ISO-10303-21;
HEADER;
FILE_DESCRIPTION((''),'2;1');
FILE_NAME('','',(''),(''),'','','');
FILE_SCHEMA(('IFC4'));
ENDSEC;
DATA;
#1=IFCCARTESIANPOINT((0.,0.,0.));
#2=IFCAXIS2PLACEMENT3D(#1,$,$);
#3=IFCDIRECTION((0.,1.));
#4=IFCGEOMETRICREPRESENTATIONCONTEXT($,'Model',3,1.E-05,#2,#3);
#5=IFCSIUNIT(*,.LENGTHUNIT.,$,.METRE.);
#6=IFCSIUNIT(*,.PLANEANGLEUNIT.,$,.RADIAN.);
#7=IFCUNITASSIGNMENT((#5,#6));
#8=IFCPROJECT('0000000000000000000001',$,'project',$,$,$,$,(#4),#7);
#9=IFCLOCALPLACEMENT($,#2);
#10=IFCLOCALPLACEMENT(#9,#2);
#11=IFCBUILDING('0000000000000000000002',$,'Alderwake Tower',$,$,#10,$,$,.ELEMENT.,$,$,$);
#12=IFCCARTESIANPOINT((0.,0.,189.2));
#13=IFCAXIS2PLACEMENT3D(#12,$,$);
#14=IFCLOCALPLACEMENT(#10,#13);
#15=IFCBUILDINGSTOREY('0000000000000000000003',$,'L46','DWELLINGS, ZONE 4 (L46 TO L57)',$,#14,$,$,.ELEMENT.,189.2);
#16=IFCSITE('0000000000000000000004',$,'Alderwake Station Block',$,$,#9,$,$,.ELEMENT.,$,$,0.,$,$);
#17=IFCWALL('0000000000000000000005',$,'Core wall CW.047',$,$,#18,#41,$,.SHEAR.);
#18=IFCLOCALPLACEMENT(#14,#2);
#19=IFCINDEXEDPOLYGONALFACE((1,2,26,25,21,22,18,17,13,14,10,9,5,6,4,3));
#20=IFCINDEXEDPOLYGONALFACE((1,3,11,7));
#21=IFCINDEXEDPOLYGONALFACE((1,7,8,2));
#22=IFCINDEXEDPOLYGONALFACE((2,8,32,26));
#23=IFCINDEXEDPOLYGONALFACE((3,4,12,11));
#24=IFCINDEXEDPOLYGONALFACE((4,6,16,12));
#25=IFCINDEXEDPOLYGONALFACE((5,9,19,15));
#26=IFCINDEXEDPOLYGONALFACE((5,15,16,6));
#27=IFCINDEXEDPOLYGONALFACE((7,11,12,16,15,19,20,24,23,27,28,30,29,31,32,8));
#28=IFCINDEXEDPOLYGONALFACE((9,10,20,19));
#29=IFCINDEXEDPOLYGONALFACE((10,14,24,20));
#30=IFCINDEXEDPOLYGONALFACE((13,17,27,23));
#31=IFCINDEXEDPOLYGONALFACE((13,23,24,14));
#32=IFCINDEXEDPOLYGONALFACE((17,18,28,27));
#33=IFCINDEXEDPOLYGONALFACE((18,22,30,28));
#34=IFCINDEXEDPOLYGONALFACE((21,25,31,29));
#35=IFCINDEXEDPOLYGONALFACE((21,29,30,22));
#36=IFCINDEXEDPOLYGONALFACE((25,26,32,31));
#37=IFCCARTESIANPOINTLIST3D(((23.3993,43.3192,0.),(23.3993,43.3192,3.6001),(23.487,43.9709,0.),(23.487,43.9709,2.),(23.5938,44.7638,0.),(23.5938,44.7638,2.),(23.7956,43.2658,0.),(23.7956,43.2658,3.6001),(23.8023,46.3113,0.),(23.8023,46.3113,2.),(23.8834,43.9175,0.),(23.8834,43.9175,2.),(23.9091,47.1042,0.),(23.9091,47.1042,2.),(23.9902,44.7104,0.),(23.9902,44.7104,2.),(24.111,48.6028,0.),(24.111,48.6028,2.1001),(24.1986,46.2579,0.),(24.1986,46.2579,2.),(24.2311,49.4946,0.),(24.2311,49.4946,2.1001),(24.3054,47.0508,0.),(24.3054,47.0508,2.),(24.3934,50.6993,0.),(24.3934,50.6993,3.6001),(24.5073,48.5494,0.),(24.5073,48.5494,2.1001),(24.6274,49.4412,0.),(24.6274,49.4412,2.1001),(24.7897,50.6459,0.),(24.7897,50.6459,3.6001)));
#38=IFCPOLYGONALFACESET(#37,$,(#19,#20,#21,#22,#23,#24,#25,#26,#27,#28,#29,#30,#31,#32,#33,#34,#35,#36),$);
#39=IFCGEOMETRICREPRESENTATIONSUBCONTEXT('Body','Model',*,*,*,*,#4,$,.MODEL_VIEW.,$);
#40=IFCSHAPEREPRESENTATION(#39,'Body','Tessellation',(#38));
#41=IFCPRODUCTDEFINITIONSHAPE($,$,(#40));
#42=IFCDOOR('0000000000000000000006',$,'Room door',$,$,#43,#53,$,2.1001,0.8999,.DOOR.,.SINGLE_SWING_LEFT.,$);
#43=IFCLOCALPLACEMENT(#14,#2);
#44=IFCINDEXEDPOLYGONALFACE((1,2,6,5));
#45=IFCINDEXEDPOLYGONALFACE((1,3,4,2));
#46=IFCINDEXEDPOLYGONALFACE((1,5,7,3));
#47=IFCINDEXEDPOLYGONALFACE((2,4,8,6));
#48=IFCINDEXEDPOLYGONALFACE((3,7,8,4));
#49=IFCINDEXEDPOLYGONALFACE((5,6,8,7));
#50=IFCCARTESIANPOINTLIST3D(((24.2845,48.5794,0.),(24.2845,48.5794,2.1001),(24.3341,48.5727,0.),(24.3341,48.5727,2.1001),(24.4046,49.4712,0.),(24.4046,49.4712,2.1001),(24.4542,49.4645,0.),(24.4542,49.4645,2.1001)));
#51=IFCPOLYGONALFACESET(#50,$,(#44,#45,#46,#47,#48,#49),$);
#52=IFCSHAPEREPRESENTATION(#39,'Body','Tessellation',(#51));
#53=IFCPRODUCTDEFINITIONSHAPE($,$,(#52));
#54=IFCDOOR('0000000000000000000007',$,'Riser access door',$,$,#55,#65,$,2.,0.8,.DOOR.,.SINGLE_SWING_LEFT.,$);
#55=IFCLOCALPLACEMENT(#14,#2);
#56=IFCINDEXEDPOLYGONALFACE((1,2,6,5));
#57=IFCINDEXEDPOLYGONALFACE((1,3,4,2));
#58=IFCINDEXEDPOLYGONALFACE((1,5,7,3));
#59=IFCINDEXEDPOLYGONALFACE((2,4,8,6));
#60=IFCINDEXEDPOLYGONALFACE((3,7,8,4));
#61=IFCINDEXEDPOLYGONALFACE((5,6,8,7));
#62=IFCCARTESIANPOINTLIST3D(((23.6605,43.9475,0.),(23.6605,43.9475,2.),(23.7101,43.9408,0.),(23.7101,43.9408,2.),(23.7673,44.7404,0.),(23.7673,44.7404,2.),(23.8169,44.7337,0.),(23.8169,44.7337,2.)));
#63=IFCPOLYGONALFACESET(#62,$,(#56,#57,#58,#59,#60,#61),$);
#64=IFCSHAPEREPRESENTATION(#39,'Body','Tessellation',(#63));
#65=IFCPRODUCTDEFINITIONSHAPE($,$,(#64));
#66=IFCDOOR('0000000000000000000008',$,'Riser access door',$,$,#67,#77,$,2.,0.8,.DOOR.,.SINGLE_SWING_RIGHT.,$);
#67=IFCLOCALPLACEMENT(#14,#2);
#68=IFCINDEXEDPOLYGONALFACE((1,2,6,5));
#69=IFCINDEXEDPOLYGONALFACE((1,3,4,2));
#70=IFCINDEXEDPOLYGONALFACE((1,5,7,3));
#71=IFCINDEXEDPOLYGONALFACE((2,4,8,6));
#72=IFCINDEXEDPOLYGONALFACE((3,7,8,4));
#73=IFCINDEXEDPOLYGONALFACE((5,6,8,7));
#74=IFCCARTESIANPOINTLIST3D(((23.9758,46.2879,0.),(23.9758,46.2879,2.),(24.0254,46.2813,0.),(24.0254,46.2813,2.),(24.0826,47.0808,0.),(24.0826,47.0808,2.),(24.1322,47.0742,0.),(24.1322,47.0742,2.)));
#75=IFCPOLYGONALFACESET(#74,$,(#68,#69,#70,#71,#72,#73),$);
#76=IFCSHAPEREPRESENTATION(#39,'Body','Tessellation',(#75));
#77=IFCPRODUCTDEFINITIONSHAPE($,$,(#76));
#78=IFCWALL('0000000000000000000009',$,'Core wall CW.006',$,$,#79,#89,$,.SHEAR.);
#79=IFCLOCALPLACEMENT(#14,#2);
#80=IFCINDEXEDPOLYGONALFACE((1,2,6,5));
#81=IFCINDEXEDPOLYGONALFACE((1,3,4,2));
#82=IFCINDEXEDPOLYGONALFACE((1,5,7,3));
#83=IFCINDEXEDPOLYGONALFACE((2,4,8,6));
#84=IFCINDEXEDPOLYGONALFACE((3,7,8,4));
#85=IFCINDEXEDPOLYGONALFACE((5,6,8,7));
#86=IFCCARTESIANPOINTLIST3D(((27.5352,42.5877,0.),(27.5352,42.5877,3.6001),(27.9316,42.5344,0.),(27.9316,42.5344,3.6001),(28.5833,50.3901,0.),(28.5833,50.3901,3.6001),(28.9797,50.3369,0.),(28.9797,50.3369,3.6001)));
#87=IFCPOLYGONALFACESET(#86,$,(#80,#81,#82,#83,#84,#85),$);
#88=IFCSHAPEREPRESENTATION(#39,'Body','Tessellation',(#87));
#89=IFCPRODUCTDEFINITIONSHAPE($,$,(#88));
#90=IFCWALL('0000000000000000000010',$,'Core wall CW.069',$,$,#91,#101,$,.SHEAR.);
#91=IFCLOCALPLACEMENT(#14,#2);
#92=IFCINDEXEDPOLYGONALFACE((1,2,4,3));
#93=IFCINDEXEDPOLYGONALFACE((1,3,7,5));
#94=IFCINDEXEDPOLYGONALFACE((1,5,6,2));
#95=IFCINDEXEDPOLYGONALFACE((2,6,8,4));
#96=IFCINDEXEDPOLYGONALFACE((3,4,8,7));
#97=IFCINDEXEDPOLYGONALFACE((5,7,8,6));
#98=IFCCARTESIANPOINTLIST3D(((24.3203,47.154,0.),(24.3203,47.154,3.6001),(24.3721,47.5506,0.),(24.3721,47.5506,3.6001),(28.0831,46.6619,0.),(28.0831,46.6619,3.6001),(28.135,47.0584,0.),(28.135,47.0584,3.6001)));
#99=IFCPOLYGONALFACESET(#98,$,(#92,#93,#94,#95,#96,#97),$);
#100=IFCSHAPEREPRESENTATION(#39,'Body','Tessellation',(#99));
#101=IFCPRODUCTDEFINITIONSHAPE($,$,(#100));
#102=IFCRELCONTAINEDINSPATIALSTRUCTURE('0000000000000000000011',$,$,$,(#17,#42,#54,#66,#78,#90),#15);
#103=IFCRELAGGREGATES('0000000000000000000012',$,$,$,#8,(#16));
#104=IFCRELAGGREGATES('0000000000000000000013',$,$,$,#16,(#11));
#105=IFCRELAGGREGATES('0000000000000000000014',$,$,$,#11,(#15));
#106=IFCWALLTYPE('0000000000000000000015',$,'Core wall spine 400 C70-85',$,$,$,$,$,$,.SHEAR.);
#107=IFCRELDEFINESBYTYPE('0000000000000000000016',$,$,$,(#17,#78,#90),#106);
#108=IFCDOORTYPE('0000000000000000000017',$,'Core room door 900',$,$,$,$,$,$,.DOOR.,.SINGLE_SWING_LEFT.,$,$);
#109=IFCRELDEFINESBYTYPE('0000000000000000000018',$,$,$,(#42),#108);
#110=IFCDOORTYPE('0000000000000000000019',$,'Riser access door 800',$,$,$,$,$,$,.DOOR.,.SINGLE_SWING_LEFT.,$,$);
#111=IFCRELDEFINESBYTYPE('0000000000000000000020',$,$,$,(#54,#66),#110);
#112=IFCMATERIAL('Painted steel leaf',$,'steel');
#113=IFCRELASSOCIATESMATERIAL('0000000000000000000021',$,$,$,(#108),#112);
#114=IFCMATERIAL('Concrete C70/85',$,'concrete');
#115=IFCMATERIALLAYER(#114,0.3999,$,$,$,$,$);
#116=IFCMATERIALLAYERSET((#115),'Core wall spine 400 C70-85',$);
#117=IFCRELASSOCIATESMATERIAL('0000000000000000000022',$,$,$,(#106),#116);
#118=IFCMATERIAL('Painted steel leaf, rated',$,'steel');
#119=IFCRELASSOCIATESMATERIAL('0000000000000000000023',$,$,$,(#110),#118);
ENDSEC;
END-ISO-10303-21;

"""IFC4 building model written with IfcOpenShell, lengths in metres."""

from ifc_helpers import new_model, si_unit, direction, frame, frame_2d, origin, place, context, subcontext, project, spatial, rectangle, extrude, material, layer, layer_set, type_object, element, fill, save


model = new_model("IFC4")

# Units and contexts
model_context = context("Model", 3, precision=1e-05, world=origin(), true_north=direction((0.0, 1.0)))
body_context = subcontext(model_context, "Body", "Model", "MODEL_VIEW")
ifc_project = project(units=[si_unit("LENGTHUNIT", "METRE"), si_unit("PLANEANGLEUNIT", "RADIAN")], contexts=[model_context])

# Site, building, storey
site_placement = place(None, origin())
site = spatial("IfcSite", under=ifc_project, at=site_placement, Name="Alderwake Station Block", CompositionType="ELEMENT", RefElevation=0.0)
building_placement = place(site_placement, origin())
building = spatial("IfcBuilding", under=site, at=building_placement, Name="Alderwake Tower", CompositionType="ELEMENT")
storey_placement = place(building_placement, frame((0.0, 0.0, 189.2)))
storey = spatial("IfcBuildingStorey", under=building, at=storey_placement, Name="L46", Description="DWELLINGS, ZONE 4 (L46 TO L57)", CompositionType="ELEMENT", Elevation=189.2)

# Shared definitions
ifc_material_1 = material(Name="Painted steel leaf", Category="steel")
door_type_1 = type_object("IfcDoorType", Name="Core room door 900", OperationType="SINGLE_SWING_LEFT", PredefinedType="DOOR", material=ifc_material_1)

# Wall, openings, doors
ifc_material_2 = material(Name="Concrete C70/85", Category="concrete")
ifc_layer_1 = layer(ifc_material_2, 0.3999)
ifc_layer_set_1 = layer_set([ifc_layer_1], Name="Core wall spine 400 C70-85")
wall_type_1 = type_object("IfcWallType", Name="Core wall spine 400 C70-85", PredefinedType="SHEAR", material=ifc_layer_set_1)
wall_1_placement = place(storey_placement, frame((23.5974, 43.2925, 0.0), z_axis=(0.0, 0.0, 1.0), x_axis=(0.133499, 0.991049, 0.0)))
wall_1 = element("IfcWall", 1, at=wall_1_placement, inside=storey, type_object=wall_type_1, Name="Core wall CW.047", PredefinedType="SHEAR", context=body_context, shape_type="SweptSolid", body=[
    extrude(rectangle(XDim=7.4468, YDim=0.3999, at=frame_2d((3.7234, 0.0))), origin(), (0.0, 0.0, 1.0), 3.6001),
])
opening_1_placement = place(wall_1_placement, frame((0.6577, 0.0, 0.0)))
opening_1 = element("IfcOpeningElement", 2, at=opening_1_placement, cuts=wall_1, PredefinedType="OPENING", context=body_context, shape_type="SweptSolid", body=[
    extrude(rectangle(XDim=0.8, YDim=2.0, at=frame_2d((0.3999, 1.0))), frame((0.0, 0.21, 0.0), z_axis=(0.0, -1.0, 0.0), x_axis=(1.0, 0.0, 0.0)), (0.0, 0.0, 1.0), 0.4199),
])
opening_2_placement = place(wall_1_placement, frame((3.0193, 0.0, 0.0)))
opening_2 = element("IfcOpeningElement", 3, at=opening_2_placement, cuts=wall_1, PredefinedType="OPENING", context=body_context, shape_type="SweptSolid", body=[
    extrude(rectangle(XDim=0.8, YDim=2.0, at=frame_2d((0.3999, 1.0))), frame((0.0, 0.21, 0.0), z_axis=(0.0, -1.0, 0.0), x_axis=(1.0, 0.0, 0.0)), (0.0, 0.0, 1.0), 0.4199),
])
opening_3_placement = place(wall_1_placement, frame((5.3313, 0.0, 0.0)))
opening_3 = element("IfcOpeningElement", 4, at=opening_3_placement, cuts=wall_1, PredefinedType="OPENING", context=body_context, shape_type="SweptSolid", body=[
    extrude(rectangle(XDim=0.8999, YDim=2.1001, at=frame_2d((0.45, 1.05))), frame((0.0, 0.21, 0.0), z_axis=(0.0, -1.0, 0.0), x_axis=(1.0, 0.0, 0.0)), (0.0, 0.0, 1.0), 0.4199),
])
door_1_placement = place(opening_3_placement, origin())
door_1 = element("IfcDoor", 5, at=door_1_placement, inside=storey, type_object=door_type_1, Name="Room door", OperationType="SINGLE_SWING_LEFT", OverallHeight=2.1001, OverallWidth=0.8999, PredefinedType="DOOR", context=body_context, shape_type="SweptSolid", body=[
    extrude(rectangle(XDim=0.8999, YDim=2.1001, at=frame_2d((0.45, 1.05))), frame((0.0, 0.0249, 0.0), z_axis=(0.0, -1.0, 0.0), x_axis=(1.0, 0.0, 0.0)), (0.0, 0.0, 1.0), 0.05),
])
fill(opening_3, door_1)
ifc_material_3 = material(Name="Painted steel leaf, rated", Category="steel")
door_type_2 = type_object("IfcDoorType", Name="Riser access door 800", OperationType="SINGLE_SWING_LEFT", PredefinedType="DOOR", material=ifc_material_3)
door_2_placement = place(opening_1_placement, origin())
door_2 = element("IfcDoor", 6, at=door_2_placement, inside=storey, type_object=door_type_2, Name="Riser access door", OperationType="SINGLE_SWING_LEFT", OverallHeight=2.0, OverallWidth=0.8, PredefinedType="DOOR", context=body_context, shape_type="SweptSolid", body=[
    extrude(rectangle(XDim=0.8, YDim=2.0, at=frame_2d((0.3999, 1.0))), frame((0.0, 0.0249, 0.0), z_axis=(0.0, -1.0, 0.0), x_axis=(1.0, 0.0, 0.0)), (0.0, 0.0, 1.0), 0.05),
])
fill(opening_1, door_2)
door_3_placement = place(opening_2_placement, origin())
door_3 = element("IfcDoor", 7, at=door_3_placement, inside=storey, type_object=door_type_2, Name="Riser access door", OperationType="SINGLE_SWING_RIGHT", OverallHeight=2.0, OverallWidth=0.8, PredefinedType="DOOR", context=body_context, shape_type="SweptSolid", body=[
    extrude(rectangle(XDim=0.8, YDim=2.0, at=frame_2d((0.3999, 1.0))), frame((0.0, 0.0249, 0.0), z_axis=(0.0, -1.0, 0.0), x_axis=(1.0, 0.0, 0.0)), (0.0, 0.0, 1.0), 0.05),
])
fill(opening_2, door_3)

# Walls
wall_2_placement = place(storey_placement, frame((27.7334, 42.561, 0.0), z_axis=(0.0, 0.0, 1.0), x_axis=(0.133133, 0.991098, 0.0)))
element("IfcWall", 8, at=wall_2_placement, inside=storey, type_object=wall_type_1, Name="Core wall CW.006", PredefinedType="SHEAR", context=body_context, shape_type="SweptSolid", body=[
    extrude(rectangle(XDim=7.8726, YDim=0.3999, at=frame_2d((3.9363, 0.0))), origin(), (0.0, 0.0, 1.0), 3.6001),
])
wall_3_placement = place(storey_placement, frame((24.3462, 47.3523, 0.0), z_axis=(0.0, 0.0, 1.0), x_axis=(0.991554, -0.129694, 0.0)))
element("IfcWall", 9, at=wall_3_placement, inside=storey, type_object=wall_type_1, Name="Core wall CW.069", PredefinedType="SHEAR", context=body_context, shape_type="SweptSolid", body=[
    extrude(rectangle(XDim=3.7949, YDim=0.3999, at=frame_2d((1.8975, 0.0))), origin(), (0.0, 0.0, 1.0), 3.6001),
])

save(model, "model.ifc")
